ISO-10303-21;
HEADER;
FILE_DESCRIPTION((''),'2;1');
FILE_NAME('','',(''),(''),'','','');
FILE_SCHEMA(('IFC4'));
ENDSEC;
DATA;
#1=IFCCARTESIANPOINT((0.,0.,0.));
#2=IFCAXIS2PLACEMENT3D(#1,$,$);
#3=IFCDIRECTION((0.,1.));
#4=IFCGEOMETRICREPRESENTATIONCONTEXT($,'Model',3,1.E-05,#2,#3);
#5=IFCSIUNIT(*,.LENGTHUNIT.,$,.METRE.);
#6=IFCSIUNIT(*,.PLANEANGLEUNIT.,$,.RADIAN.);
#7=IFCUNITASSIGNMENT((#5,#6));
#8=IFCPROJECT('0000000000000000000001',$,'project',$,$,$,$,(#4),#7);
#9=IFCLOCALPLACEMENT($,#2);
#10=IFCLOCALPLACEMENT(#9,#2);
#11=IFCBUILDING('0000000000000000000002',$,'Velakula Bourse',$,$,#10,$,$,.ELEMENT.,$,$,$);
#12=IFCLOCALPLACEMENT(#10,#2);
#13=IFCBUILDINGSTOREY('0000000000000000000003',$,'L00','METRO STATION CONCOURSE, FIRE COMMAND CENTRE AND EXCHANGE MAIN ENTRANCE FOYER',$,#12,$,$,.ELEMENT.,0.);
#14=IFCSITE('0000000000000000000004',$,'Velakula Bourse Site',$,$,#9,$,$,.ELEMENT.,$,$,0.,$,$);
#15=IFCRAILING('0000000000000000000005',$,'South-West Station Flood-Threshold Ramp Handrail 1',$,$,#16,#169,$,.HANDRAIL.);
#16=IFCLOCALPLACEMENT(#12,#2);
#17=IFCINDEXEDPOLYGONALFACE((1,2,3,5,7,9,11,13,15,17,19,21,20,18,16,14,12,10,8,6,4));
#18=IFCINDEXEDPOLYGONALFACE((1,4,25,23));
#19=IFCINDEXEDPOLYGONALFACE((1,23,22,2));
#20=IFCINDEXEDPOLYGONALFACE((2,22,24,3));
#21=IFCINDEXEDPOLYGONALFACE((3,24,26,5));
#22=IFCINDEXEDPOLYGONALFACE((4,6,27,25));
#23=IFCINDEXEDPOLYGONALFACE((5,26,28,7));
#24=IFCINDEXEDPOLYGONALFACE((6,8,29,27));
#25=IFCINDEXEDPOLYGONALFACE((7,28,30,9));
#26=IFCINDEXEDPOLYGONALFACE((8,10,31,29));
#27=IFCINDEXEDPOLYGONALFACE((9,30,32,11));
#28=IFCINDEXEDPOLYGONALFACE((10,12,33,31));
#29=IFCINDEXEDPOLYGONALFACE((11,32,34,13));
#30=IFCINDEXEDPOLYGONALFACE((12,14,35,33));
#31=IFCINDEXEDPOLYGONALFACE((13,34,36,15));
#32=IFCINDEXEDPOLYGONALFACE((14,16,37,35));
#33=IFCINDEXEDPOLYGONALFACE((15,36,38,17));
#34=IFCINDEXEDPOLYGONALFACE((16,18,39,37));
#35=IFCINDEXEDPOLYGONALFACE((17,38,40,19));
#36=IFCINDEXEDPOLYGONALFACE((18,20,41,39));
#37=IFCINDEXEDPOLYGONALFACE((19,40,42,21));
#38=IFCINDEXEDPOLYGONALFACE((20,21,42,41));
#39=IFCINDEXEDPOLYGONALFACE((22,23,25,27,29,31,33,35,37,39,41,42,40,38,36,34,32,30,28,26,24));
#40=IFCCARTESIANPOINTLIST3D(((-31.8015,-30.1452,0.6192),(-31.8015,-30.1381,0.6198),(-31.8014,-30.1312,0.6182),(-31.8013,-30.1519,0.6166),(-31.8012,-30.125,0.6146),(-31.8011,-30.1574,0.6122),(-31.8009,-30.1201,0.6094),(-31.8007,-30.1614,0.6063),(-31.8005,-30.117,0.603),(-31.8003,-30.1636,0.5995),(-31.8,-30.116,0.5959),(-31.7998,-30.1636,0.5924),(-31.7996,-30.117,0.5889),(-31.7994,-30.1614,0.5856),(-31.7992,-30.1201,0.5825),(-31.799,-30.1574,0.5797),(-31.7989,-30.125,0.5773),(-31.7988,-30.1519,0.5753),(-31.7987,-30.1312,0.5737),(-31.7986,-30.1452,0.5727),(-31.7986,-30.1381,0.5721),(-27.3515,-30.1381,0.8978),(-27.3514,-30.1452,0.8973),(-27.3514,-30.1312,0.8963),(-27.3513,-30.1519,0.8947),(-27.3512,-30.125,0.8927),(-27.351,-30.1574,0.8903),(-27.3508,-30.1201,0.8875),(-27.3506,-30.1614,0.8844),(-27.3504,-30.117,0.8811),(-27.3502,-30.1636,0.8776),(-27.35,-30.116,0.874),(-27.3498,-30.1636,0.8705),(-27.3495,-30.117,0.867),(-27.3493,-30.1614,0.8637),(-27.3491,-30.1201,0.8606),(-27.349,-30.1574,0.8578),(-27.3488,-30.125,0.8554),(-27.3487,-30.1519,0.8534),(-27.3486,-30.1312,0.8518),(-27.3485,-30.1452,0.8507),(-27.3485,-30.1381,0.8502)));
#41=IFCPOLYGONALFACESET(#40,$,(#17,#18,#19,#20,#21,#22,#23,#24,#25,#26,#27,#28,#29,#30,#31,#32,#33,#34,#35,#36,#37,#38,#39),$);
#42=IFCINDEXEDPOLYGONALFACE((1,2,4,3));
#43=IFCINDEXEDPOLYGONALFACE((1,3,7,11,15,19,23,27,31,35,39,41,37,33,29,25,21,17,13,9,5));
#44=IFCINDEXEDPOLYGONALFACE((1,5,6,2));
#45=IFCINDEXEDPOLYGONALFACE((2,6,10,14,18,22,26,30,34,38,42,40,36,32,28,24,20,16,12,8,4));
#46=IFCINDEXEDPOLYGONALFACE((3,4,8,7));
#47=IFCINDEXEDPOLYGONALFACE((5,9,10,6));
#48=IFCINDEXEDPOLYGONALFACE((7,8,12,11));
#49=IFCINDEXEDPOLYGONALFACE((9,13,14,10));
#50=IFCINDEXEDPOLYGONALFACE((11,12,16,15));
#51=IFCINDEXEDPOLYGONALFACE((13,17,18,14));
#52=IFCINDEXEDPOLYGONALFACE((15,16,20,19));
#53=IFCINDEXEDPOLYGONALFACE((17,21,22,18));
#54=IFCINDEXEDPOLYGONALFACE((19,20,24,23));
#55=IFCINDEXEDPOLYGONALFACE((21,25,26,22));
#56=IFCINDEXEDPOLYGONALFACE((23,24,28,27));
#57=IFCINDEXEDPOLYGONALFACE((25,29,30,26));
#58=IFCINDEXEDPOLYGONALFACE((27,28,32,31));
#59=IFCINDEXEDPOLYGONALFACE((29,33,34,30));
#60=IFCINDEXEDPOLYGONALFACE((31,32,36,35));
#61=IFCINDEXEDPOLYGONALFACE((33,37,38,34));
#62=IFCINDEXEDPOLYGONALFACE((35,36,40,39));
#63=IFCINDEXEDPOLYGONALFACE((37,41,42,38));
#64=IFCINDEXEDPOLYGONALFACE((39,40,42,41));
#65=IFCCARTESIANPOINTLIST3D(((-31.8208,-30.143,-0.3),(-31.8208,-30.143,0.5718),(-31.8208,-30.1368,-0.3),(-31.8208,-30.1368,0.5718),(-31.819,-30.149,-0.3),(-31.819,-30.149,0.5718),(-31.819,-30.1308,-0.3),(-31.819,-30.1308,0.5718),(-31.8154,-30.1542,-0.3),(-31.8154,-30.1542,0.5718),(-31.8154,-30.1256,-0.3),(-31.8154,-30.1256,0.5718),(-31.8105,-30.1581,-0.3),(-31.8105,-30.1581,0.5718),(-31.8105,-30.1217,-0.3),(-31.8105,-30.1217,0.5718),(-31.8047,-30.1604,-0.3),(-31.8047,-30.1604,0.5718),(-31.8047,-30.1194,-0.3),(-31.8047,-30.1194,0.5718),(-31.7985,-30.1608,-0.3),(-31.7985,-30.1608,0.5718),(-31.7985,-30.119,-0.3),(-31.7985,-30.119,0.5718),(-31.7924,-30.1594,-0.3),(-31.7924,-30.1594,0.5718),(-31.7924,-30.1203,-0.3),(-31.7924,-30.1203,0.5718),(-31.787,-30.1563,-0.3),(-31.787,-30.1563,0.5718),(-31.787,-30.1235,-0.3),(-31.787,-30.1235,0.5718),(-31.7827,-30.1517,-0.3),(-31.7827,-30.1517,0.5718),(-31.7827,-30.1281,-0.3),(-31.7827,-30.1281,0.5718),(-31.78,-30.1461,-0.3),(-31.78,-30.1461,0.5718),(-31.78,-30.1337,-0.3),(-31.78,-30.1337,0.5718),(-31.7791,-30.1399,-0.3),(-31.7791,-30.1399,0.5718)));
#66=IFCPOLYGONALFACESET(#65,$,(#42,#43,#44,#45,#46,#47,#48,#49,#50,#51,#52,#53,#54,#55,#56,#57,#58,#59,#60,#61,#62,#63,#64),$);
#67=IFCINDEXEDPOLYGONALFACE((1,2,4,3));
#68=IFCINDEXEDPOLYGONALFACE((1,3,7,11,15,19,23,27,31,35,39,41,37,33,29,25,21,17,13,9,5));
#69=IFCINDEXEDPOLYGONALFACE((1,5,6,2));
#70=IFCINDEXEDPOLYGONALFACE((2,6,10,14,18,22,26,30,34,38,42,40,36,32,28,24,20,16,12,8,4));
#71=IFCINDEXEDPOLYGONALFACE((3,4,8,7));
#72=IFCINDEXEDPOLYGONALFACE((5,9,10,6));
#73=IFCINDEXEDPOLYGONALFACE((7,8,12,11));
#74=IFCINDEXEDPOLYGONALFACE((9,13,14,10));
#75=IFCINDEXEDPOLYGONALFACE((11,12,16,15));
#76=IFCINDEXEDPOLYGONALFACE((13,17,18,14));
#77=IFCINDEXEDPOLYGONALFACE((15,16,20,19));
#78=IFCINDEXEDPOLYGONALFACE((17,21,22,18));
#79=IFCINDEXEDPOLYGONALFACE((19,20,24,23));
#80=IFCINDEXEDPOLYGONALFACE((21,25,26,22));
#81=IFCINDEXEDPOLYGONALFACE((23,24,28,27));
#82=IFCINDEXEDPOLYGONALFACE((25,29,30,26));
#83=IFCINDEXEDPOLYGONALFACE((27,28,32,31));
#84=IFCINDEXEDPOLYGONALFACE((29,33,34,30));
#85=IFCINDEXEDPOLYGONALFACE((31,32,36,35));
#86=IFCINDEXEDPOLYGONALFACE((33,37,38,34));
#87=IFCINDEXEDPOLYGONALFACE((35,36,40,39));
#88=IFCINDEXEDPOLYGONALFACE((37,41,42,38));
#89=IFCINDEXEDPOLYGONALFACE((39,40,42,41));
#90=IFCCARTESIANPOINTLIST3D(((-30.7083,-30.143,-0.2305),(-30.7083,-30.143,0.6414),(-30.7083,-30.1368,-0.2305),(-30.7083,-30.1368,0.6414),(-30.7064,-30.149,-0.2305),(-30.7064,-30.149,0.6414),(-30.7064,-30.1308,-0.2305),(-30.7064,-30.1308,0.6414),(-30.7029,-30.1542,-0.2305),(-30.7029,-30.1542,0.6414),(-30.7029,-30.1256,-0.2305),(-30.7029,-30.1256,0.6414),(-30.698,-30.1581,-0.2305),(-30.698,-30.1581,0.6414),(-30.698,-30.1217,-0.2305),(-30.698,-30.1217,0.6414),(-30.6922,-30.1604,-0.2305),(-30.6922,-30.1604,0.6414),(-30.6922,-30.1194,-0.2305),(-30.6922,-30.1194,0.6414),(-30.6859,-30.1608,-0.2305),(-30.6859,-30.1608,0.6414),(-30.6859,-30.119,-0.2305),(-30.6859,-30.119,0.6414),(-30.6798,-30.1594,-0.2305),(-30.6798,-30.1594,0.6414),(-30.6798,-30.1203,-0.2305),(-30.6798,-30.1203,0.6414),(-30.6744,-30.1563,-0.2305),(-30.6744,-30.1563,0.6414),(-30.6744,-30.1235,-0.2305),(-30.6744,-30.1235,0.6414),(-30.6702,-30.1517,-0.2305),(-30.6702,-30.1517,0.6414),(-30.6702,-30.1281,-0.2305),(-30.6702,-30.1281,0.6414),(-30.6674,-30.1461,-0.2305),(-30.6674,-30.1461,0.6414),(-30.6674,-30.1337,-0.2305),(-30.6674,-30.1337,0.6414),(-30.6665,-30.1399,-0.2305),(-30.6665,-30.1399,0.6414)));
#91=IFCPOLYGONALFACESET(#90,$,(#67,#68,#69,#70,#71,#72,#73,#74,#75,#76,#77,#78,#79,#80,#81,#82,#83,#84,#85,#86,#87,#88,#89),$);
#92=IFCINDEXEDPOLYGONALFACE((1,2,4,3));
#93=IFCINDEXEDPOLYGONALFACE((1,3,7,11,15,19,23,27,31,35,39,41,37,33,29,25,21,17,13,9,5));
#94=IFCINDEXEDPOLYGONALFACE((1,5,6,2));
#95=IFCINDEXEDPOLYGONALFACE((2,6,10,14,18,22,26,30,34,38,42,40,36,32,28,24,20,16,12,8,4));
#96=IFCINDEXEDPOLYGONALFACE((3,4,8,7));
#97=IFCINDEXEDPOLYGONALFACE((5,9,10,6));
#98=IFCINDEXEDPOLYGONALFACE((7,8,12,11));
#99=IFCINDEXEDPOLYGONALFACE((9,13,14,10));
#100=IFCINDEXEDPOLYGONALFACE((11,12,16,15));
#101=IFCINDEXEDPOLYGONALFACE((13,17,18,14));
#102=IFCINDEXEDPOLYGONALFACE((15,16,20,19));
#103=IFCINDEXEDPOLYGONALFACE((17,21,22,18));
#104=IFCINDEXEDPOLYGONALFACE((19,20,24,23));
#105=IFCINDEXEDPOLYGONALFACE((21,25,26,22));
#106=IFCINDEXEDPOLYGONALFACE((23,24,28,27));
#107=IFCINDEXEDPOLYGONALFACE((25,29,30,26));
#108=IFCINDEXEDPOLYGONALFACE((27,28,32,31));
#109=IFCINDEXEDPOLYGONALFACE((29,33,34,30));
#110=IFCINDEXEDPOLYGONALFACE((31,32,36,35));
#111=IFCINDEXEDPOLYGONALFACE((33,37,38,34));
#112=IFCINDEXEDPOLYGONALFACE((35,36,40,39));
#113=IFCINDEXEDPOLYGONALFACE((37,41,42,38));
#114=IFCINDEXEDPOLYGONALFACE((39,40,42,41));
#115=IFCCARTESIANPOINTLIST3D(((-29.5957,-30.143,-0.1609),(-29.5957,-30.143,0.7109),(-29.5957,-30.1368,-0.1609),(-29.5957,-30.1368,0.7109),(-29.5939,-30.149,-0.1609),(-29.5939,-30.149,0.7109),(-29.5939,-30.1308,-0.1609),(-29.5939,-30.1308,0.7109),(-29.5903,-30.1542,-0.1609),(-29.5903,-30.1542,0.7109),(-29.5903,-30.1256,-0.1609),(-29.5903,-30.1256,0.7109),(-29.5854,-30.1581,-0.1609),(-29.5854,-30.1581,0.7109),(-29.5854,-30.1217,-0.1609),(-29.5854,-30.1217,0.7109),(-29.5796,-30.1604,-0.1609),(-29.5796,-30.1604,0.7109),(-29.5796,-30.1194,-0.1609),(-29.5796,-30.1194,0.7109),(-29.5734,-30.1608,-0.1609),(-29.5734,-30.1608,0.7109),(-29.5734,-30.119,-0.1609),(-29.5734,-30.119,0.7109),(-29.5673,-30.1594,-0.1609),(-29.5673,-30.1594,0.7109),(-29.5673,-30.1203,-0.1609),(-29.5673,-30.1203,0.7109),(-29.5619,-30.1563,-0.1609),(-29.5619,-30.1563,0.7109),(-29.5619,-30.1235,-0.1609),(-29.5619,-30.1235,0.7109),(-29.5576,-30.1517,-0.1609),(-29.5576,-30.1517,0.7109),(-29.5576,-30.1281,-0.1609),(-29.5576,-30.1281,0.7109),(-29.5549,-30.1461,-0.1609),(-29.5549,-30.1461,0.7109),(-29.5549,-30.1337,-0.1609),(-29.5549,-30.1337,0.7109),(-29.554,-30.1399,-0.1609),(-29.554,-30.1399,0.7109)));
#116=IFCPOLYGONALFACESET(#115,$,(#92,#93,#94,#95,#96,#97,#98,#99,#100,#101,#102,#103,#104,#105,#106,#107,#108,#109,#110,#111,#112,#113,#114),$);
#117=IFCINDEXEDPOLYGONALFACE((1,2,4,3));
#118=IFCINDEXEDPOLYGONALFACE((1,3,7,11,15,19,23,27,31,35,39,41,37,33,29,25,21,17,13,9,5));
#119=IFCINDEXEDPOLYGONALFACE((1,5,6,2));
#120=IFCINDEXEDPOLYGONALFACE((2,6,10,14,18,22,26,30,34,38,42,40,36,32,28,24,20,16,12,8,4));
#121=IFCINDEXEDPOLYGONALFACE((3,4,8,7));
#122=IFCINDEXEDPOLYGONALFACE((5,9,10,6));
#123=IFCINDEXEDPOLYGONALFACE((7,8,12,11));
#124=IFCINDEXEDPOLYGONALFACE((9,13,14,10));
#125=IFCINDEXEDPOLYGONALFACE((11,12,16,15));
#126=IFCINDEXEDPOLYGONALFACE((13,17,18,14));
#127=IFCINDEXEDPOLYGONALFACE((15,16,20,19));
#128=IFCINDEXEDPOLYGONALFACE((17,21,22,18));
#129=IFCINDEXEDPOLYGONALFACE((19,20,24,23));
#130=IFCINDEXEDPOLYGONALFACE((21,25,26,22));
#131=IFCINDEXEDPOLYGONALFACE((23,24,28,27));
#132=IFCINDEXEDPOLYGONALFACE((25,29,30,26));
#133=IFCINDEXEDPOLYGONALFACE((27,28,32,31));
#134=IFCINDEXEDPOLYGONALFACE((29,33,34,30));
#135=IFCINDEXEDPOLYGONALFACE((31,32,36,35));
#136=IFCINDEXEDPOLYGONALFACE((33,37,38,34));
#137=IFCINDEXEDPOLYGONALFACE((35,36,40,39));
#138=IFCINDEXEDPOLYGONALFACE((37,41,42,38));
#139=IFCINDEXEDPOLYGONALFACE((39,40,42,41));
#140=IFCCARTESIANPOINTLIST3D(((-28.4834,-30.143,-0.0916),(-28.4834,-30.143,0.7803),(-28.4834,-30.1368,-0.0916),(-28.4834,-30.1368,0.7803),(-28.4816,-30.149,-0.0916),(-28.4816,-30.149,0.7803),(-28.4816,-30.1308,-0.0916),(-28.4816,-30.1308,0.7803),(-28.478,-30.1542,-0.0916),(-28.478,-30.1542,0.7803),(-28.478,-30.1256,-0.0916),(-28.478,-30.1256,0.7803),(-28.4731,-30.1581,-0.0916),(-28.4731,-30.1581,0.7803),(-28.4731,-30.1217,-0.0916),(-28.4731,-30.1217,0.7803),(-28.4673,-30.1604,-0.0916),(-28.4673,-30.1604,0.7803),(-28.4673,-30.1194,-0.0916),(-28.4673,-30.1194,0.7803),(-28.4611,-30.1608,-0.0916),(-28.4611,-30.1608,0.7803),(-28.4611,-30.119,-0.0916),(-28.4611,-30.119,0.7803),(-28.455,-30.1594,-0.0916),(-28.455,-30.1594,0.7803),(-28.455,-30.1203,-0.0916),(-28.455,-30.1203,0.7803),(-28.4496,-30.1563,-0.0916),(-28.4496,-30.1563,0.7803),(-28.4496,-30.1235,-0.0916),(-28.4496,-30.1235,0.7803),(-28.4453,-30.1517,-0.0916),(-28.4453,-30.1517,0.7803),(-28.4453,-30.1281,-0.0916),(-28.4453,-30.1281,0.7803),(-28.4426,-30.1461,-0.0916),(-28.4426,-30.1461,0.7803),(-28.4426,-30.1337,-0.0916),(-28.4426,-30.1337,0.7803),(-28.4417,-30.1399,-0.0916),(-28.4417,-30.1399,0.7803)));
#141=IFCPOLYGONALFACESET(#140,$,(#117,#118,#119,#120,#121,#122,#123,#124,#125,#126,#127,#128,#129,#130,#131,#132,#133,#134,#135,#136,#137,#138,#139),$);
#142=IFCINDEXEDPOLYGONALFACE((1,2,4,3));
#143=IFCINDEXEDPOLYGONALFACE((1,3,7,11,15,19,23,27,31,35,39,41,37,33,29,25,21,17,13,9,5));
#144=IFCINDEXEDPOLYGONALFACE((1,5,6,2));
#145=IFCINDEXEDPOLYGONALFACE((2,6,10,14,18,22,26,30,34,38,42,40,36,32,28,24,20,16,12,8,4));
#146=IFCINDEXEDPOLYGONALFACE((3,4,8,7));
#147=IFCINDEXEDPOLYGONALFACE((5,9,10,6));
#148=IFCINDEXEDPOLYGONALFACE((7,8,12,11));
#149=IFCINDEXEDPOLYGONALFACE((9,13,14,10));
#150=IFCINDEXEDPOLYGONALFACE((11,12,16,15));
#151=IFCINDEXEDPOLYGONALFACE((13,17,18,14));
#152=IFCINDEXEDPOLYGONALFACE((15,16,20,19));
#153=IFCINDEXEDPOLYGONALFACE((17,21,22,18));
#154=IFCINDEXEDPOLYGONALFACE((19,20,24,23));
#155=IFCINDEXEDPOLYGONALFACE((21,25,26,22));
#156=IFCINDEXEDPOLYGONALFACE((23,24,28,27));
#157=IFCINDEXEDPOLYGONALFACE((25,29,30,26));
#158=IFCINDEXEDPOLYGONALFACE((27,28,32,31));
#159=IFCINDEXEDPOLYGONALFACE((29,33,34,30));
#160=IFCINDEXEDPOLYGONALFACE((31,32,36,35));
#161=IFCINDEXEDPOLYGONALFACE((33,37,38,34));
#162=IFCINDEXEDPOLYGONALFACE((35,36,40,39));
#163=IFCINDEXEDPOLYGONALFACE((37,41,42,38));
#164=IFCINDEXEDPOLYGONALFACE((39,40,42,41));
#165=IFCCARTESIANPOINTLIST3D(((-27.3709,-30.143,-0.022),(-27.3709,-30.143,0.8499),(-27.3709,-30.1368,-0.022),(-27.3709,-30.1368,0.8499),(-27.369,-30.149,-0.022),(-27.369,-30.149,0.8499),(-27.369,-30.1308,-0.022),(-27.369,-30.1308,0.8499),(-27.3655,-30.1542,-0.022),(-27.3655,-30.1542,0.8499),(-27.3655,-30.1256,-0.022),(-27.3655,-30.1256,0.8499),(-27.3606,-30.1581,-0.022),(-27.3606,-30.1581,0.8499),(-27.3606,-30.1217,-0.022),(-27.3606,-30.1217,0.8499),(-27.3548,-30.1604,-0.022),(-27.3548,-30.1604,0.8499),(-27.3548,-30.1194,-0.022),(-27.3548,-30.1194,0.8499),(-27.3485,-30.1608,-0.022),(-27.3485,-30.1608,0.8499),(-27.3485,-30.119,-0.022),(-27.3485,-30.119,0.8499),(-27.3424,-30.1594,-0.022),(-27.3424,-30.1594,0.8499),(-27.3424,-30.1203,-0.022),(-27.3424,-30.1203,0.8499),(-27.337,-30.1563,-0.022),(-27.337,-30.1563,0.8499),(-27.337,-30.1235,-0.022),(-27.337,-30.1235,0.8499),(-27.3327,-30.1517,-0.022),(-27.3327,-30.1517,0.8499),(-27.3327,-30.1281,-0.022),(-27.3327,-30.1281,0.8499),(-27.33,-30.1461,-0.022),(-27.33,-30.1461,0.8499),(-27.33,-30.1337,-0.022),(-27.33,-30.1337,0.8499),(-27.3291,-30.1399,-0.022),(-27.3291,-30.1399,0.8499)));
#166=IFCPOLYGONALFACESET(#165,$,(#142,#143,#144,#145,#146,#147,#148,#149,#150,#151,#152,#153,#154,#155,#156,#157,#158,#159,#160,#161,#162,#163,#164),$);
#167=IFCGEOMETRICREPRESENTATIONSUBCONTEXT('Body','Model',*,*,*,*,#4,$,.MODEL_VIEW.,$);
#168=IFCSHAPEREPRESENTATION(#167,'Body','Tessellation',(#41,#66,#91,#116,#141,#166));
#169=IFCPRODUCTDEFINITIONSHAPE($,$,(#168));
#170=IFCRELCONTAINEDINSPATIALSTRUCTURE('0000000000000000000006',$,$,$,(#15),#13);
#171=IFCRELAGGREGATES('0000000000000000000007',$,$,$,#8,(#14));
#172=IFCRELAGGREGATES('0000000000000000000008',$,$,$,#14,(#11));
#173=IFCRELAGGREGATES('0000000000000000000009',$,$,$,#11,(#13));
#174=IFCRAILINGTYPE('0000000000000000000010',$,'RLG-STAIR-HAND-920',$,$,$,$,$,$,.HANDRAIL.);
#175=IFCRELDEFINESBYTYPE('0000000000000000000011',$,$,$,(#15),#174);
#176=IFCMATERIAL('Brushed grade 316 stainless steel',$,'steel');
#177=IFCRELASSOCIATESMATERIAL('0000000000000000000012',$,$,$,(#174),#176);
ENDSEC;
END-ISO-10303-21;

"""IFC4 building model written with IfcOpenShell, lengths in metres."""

from ifc_helpers import new_model, si_unit, direction, frame, origin, origin_2d, place, context, subcontext, project, spatial, circle, extrude, material, type_object, element, save


model = new_model("IFC4")

# Units and contexts
model_context = context("Model", 3, precision=1e-05, world=origin(), true_north=direction((0.0, 1.0)))
body_context = subcontext(model_context, "Body", "Model", "MODEL_VIEW")
ifc_project = project(units=[si_unit("LENGTHUNIT", "METRE"), si_unit("PLANEANGLEUNIT", "RADIAN")], contexts=[model_context])

# Site, building, storey
site_placement = place(None, origin())
site = spatial("IfcSite", under=ifc_project, at=site_placement, Name="Velakula Bourse Site", CompositionType="ELEMENT", RefElevation=0.0)
building_placement = place(site_placement, origin())
building = spatial("IfcBuilding", under=site, at=building_placement, Name="Velakula Bourse", CompositionType="ELEMENT")
storey_placement = place(building_placement, origin())
storey = spatial("IfcBuildingStorey", under=building, at=storey_placement, Name="L00", Description="METRO STATION CONCOURSE, FIRE COMMAND CENTRE AND EXCHANGE MAIN ENTRANCE FOYER", CompositionType="ELEMENT", Elevation=0.0)

# Railing
ifc_material_1 = material(Name="Brushed grade 316 stainless steel", Category="steel")
railing_type = type_object("IfcRailingType", Name="RLG-STAIR-HAND-920", PredefinedType="HANDRAIL", material=ifc_material_1)
for number, where, name in (
    (1, (-31.8, -30.1399, -0.3), "South-West Station Flood-Threshold Ramp Handrail 1"),
):
    element("IfcRailing", number, at=place(storey_placement, frame(where)), inside=storey, type_object=railing_type, Name=name, PredefinedType="HANDRAIL", context=body_context, shape_type="SweptSolid", body=[
        extrude(circle(Radius=0.0239, at=origin_2d()), frame((0.0, 0.0, 0.896), z_axis=(0.998053, 0.0, 0.062368), x_axis=(0.0, 1.0, 0.0)), (0.0, 0.0, 1.0), 4.4587),
        extrude(circle(Radius=0.021, at=origin_2d()), origin(), (0.0, 0.0, 1.0), 0.8718),
        extrude(circle(Radius=0.021, at=origin_2d()), frame((1.1125, 0.0, 0.0696)), (0.0, 0.0, 1.0), 0.8718),
        extrude(circle(Radius=0.021, at=origin_2d()), frame((2.2251, 0.0, 0.1392)), (0.0, 0.0, 1.0), 0.8718),
        extrude(circle(Radius=0.021, at=origin_2d()), frame((3.3374, 0.0, 0.2085)), (0.0, 0.0, 1.0), 0.8718),
        extrude(circle(Radius=0.021, at=origin_2d()), frame((4.45, 0.0, 0.2781)), (0.0, 0.0, 1.0), 0.8718),
    ])

save(model, "model.ifc")
